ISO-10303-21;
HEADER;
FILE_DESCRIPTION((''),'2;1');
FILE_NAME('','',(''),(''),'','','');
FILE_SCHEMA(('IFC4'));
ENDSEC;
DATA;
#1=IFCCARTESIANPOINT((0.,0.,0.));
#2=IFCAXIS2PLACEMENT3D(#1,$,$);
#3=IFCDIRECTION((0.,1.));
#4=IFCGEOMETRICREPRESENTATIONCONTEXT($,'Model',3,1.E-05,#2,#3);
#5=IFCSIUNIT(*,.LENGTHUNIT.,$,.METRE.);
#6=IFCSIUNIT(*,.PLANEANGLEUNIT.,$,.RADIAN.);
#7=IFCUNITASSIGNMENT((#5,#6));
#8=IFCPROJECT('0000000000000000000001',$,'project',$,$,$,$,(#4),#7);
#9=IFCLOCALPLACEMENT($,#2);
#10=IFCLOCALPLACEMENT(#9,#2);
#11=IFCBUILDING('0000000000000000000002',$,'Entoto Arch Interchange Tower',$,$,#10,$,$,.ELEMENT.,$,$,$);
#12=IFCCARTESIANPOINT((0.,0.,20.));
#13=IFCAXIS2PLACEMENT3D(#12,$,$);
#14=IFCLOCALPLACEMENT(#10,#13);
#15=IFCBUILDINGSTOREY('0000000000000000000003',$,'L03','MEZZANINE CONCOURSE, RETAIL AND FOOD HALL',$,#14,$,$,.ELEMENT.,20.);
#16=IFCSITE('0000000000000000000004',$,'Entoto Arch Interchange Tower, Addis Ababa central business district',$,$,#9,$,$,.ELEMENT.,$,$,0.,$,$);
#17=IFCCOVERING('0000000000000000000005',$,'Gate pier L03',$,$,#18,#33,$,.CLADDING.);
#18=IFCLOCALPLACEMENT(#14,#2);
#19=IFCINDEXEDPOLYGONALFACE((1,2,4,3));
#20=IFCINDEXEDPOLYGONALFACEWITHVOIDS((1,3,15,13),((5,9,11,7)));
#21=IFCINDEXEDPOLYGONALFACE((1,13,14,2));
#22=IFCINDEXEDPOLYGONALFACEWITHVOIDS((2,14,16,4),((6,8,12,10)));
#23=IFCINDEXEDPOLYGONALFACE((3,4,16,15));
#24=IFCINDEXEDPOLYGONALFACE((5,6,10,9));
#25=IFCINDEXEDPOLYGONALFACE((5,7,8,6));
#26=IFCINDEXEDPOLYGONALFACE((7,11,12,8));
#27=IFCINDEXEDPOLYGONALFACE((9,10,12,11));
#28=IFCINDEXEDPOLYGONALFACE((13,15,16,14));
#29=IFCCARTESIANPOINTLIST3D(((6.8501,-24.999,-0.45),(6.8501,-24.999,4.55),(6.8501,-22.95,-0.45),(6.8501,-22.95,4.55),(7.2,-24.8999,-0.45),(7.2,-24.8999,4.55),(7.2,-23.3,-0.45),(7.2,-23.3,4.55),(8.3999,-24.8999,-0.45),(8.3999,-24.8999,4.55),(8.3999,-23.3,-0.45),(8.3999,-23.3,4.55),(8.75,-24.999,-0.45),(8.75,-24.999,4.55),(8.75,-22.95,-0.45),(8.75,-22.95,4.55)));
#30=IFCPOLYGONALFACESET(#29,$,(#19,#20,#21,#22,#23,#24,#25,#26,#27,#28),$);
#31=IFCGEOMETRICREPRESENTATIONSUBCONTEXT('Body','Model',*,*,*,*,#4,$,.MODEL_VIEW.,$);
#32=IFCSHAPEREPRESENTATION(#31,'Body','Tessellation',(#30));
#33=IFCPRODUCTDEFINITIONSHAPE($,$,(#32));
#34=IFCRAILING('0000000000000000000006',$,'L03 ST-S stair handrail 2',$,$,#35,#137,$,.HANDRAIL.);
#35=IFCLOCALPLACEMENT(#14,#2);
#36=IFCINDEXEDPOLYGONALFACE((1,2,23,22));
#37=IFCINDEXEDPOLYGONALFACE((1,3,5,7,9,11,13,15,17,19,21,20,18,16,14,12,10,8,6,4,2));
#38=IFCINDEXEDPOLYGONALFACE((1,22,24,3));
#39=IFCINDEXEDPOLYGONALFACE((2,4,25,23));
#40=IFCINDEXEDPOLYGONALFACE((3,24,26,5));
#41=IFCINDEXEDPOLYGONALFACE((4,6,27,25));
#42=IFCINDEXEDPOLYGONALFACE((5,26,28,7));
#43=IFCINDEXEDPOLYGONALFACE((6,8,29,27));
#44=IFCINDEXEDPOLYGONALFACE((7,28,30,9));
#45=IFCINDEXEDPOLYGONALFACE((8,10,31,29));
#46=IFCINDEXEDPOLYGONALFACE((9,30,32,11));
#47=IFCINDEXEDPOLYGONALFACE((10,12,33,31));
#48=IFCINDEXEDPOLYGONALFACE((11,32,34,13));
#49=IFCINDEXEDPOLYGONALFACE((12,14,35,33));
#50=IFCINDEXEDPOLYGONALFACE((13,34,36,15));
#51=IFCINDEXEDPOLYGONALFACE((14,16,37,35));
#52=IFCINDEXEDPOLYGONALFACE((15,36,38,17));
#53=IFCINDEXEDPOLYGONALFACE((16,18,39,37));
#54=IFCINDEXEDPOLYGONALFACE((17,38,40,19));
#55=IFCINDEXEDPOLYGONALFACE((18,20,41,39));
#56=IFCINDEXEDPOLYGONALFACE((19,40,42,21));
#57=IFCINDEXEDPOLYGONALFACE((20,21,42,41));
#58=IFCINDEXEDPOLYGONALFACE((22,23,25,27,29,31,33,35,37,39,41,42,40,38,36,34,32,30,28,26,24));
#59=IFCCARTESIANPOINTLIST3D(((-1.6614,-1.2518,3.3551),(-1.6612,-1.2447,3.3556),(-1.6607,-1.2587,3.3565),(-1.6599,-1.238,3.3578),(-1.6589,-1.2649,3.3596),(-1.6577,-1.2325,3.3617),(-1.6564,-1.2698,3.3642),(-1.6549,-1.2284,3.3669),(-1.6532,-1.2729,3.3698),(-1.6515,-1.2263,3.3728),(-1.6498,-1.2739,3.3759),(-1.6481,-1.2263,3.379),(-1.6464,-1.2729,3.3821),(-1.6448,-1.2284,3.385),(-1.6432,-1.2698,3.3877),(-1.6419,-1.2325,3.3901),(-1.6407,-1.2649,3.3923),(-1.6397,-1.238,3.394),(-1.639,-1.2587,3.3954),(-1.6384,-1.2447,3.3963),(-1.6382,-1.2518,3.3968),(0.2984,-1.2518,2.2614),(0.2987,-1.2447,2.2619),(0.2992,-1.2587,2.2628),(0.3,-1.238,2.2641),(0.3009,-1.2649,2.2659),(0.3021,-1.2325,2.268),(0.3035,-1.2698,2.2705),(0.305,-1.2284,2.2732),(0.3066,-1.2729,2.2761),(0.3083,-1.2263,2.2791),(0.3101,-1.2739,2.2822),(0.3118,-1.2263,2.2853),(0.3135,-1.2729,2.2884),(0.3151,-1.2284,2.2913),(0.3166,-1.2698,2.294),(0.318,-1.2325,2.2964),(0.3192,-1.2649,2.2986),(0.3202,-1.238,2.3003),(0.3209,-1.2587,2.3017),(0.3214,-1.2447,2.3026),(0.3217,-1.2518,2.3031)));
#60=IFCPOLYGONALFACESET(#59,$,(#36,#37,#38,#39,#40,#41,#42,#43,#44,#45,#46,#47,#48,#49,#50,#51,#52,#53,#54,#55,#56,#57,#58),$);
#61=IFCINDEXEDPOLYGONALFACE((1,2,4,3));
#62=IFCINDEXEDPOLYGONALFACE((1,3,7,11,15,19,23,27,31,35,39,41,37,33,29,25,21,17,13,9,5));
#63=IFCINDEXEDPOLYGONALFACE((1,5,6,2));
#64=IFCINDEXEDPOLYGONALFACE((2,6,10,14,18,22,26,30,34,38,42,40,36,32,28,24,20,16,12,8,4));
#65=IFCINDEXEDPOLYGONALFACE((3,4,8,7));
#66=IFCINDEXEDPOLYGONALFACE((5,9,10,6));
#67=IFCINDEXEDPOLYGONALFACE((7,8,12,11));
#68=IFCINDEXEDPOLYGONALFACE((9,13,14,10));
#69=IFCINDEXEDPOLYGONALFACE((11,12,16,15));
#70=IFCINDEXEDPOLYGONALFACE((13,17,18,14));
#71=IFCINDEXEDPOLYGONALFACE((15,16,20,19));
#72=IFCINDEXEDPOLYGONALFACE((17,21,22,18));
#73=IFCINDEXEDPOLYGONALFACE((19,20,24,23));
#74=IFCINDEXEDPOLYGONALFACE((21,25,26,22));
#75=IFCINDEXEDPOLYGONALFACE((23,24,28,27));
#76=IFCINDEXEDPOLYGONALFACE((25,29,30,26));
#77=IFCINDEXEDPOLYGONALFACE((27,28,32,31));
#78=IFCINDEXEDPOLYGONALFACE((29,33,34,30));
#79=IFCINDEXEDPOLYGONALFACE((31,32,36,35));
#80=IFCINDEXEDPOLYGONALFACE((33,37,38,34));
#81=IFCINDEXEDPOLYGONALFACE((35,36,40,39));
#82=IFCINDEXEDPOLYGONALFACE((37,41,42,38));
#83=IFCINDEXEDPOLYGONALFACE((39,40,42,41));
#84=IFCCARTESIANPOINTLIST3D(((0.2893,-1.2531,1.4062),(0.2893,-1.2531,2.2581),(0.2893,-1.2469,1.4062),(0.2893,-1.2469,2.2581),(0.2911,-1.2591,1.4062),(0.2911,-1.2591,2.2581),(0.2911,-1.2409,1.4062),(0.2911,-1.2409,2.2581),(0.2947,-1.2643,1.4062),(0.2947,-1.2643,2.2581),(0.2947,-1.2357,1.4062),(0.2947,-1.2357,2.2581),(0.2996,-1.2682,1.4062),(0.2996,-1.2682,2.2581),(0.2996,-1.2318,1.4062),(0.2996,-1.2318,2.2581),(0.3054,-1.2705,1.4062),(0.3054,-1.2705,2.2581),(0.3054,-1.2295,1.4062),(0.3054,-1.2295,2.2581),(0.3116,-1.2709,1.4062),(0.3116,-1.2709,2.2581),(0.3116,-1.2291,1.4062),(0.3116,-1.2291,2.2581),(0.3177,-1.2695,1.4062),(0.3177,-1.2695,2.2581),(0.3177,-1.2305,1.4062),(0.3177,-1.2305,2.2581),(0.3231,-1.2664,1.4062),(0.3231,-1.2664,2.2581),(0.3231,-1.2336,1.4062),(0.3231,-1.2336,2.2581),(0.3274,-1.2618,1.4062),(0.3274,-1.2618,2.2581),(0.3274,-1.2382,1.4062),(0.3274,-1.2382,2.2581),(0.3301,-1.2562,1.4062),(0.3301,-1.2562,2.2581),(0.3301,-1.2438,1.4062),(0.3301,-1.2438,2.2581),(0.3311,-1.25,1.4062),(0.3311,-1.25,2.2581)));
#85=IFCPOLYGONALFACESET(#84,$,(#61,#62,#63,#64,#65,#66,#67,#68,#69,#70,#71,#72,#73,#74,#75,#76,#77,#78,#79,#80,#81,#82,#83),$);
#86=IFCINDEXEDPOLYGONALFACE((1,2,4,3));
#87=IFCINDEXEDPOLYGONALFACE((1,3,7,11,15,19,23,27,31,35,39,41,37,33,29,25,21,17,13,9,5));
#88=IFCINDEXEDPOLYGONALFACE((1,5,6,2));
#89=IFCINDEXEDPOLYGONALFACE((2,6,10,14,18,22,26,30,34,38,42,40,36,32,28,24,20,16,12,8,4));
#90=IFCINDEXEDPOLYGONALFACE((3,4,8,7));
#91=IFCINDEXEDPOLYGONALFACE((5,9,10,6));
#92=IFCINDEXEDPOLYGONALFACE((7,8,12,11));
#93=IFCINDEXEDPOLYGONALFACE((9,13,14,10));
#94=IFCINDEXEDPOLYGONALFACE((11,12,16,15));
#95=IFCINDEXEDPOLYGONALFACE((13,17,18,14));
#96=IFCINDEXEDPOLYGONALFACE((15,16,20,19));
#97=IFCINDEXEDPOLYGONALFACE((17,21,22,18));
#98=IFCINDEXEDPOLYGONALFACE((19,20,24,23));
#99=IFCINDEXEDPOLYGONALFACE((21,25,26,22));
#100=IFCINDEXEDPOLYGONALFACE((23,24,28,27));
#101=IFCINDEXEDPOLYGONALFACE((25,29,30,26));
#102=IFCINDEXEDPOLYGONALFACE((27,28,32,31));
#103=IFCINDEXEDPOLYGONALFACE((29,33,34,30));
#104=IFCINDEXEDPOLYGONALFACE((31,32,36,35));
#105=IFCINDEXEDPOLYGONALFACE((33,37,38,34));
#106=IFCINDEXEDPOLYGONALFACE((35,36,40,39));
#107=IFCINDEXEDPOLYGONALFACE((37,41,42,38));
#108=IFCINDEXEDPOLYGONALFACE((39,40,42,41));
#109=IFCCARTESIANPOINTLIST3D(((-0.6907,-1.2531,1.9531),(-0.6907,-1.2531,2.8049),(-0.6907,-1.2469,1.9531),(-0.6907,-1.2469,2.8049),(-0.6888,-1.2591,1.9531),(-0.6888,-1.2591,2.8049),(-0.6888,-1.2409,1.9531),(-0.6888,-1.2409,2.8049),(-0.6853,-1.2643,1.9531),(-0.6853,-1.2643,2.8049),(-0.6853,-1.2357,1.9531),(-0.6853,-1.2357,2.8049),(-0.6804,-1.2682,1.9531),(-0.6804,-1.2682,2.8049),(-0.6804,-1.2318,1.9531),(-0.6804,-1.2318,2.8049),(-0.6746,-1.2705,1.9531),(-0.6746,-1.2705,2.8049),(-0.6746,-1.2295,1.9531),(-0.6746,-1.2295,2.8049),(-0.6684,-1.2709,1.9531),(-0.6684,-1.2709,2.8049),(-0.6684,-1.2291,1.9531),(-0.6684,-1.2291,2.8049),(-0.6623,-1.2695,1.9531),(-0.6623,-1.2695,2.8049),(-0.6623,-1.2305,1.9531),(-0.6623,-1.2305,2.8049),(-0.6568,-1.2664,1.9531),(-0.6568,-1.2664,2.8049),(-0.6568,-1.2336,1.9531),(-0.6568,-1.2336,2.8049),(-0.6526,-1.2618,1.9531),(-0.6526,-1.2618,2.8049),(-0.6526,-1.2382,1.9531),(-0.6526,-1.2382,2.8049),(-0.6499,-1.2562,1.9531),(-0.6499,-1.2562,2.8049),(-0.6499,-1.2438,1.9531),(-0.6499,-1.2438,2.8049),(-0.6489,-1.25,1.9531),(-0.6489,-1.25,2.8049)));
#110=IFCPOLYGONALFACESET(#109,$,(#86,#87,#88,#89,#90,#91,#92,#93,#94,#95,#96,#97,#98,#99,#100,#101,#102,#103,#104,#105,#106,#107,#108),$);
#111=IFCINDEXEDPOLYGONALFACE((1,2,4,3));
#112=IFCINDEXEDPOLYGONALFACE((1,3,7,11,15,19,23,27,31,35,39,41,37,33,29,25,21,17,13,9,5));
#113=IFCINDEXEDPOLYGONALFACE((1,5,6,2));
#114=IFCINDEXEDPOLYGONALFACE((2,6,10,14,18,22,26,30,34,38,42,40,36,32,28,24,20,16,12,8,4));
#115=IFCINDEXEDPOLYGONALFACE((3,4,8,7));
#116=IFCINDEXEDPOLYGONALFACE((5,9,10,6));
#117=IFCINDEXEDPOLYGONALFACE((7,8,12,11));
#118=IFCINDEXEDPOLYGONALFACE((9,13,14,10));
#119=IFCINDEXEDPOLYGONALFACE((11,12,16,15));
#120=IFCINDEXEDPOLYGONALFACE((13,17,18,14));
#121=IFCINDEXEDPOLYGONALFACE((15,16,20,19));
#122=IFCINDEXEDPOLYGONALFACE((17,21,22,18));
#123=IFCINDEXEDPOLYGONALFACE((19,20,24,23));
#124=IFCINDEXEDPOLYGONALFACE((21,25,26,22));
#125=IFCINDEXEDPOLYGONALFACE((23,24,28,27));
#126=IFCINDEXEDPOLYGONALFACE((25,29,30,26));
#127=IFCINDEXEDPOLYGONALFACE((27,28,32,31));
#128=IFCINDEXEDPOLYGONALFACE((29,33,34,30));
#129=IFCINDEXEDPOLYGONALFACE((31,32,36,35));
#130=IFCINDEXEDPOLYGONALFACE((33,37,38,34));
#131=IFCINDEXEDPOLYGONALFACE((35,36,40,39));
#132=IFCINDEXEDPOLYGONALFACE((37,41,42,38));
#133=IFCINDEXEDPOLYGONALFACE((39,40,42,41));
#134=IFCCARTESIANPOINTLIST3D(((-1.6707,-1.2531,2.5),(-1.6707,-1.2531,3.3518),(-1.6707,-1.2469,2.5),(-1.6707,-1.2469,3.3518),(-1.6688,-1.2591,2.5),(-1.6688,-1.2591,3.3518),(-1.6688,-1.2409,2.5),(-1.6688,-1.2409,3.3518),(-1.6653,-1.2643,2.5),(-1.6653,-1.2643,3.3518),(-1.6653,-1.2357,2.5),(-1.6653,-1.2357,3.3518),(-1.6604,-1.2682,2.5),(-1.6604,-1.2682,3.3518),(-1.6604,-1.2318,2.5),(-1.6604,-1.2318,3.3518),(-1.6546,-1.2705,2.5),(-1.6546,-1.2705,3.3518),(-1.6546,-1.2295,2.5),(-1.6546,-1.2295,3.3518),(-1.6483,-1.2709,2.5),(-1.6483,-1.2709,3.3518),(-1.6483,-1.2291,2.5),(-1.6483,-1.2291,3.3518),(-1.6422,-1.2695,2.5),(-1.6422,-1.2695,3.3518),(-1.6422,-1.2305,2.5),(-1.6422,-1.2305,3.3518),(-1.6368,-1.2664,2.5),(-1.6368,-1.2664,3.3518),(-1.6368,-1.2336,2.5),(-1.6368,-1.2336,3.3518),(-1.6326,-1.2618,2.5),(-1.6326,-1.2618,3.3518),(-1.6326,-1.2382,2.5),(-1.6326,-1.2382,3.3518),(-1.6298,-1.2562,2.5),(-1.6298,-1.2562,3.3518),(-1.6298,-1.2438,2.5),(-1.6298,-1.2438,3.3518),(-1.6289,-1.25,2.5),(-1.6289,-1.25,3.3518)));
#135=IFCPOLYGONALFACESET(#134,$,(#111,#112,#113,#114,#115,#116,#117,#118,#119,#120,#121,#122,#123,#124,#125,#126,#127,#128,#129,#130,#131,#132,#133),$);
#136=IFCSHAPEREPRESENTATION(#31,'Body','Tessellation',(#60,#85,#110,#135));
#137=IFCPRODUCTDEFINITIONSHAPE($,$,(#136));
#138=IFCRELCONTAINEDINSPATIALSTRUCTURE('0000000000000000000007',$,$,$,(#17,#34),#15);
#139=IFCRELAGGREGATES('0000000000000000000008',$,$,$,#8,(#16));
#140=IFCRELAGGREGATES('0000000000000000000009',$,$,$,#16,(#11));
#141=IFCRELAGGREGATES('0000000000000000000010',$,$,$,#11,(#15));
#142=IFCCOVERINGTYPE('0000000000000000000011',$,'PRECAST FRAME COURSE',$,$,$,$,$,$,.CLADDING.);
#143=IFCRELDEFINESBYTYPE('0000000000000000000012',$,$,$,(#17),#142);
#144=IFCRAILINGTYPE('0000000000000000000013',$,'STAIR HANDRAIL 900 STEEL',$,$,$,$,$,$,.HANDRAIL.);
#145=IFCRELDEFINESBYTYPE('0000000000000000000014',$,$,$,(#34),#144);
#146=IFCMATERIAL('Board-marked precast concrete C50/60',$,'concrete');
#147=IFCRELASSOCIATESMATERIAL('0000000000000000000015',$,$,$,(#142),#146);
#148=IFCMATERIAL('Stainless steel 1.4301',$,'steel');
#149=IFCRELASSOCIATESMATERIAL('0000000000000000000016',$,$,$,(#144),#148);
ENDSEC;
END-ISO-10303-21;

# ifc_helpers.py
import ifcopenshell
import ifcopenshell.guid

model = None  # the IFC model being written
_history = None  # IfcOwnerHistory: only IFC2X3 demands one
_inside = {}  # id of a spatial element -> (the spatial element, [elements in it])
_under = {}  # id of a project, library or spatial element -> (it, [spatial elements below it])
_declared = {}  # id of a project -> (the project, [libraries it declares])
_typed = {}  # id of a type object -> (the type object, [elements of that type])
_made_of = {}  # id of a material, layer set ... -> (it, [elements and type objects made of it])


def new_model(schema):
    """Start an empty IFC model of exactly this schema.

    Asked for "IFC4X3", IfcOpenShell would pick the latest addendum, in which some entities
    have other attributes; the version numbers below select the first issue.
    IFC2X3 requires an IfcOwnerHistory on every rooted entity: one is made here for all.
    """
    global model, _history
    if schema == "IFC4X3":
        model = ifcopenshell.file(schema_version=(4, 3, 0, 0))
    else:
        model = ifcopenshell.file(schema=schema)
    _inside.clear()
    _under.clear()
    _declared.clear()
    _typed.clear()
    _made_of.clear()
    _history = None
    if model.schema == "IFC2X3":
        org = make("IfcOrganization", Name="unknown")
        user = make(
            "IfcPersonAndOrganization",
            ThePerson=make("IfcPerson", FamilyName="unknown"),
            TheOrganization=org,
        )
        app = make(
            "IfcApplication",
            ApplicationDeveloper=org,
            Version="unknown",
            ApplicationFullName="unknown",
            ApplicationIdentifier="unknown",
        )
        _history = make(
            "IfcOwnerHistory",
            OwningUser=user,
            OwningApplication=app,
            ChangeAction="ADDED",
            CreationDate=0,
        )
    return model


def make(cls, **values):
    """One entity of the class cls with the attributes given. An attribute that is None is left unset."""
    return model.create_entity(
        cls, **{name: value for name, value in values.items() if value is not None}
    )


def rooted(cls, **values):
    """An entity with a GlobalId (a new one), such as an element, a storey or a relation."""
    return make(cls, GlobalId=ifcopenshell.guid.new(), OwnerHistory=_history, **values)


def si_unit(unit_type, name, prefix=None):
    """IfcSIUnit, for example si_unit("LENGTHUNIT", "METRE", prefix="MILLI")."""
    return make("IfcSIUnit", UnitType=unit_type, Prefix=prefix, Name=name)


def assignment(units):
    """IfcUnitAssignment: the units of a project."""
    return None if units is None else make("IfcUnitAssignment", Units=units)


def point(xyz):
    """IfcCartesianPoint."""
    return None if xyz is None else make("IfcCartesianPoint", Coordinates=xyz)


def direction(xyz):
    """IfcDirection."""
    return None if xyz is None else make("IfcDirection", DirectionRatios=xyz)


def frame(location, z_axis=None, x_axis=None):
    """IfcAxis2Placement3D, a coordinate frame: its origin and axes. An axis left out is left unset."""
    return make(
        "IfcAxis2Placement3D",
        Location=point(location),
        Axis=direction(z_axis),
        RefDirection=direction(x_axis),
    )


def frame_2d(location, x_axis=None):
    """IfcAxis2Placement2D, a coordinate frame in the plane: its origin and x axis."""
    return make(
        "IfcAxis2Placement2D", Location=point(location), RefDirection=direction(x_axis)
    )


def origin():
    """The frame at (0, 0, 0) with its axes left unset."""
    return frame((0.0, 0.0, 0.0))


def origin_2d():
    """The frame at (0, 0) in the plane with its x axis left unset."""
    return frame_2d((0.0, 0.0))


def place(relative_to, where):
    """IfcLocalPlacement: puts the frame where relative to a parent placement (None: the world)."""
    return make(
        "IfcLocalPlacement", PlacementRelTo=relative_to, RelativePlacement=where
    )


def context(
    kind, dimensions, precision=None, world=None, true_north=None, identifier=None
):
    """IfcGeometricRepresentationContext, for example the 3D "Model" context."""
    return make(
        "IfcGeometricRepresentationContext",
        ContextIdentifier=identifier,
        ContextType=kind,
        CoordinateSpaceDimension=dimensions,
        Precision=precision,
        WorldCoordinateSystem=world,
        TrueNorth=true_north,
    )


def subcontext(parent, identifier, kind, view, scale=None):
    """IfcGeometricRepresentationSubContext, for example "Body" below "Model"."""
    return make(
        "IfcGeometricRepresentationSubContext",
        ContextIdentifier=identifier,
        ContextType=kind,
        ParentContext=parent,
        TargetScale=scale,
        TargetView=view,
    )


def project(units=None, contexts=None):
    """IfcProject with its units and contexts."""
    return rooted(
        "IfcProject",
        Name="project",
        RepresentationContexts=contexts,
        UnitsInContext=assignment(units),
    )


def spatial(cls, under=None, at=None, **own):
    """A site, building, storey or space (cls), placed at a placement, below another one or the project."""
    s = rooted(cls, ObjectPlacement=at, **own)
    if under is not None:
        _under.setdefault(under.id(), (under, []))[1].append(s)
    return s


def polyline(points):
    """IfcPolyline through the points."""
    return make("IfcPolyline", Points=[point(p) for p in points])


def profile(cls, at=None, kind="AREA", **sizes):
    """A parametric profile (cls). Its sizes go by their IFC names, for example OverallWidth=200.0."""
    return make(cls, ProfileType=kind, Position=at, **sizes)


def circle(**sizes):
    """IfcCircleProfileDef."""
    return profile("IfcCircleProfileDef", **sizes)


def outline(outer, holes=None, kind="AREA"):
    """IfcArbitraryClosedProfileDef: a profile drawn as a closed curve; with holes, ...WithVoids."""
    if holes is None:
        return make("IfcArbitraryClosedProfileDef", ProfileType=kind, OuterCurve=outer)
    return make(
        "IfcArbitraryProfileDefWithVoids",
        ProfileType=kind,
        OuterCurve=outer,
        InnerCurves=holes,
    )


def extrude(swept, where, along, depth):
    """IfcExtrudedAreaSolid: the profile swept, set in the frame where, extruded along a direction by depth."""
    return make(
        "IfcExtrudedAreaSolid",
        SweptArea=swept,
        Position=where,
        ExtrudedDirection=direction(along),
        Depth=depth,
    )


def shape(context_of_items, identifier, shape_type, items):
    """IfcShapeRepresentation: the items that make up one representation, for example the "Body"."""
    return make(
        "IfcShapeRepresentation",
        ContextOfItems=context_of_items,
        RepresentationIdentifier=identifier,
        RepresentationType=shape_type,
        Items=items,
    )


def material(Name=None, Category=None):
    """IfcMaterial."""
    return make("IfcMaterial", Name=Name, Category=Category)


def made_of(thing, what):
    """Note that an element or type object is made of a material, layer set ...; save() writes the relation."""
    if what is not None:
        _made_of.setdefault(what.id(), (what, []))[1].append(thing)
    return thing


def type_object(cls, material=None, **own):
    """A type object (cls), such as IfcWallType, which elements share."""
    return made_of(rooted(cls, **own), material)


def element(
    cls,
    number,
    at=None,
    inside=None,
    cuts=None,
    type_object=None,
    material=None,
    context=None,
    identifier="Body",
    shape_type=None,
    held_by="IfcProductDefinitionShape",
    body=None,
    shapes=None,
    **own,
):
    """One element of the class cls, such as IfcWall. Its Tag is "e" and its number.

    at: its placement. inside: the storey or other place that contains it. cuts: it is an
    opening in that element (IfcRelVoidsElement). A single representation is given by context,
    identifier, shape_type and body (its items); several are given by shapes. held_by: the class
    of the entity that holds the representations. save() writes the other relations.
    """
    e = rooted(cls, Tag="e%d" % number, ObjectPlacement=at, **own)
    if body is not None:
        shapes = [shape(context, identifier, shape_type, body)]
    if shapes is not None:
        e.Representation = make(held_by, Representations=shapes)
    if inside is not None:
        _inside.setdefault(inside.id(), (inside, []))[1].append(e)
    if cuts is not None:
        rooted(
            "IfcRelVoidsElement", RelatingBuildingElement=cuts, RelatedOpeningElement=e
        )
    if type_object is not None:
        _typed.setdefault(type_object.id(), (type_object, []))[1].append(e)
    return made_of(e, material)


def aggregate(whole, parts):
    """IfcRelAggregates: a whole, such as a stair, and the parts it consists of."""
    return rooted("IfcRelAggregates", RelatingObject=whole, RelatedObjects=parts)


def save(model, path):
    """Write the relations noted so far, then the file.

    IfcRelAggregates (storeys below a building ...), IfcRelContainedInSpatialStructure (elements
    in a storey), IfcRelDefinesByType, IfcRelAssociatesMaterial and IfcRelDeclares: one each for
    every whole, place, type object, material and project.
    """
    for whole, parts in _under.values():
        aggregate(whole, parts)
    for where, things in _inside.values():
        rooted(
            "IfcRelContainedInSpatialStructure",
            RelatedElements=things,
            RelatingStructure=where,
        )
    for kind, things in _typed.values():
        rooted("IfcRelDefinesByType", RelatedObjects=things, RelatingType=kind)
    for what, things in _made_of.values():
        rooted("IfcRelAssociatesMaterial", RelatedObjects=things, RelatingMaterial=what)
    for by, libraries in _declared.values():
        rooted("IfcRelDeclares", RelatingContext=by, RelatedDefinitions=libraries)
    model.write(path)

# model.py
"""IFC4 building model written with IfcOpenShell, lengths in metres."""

from ifc_helpers import new_model, si_unit, direction, frame, origin, origin_2d, place, context, subcontext, project, spatial, polyline, circle, outline, extrude, material, type_object, element, save


model = new_model("IFC4")

# Units and contexts
model_context = context("Model", 3, precision=1e-05, world=origin(), true_north=direction((0.0, 1.0)))
body_context = subcontext(model_context, "Body", "Model", "MODEL_VIEW")
ifc_project = project(units=[si_unit("LENGTHUNIT", "METRE"), si_unit("PLANEANGLEUNIT", "RADIAN")], contexts=[model_context])

# Site, building, storey
site_placement = place(None, origin())
site = spatial("IfcSite", under=ifc_project, at=site_placement, Name="Entoto Arch Interchange Tower, Addis Ababa central business district", CompositionType="ELEMENT", RefElevation=0.0)
building_placement = place(site_placement, origin())
building = spatial("IfcBuilding", under=site, at=building_placement, Name="Entoto Arch Interchange Tower", CompositionType="ELEMENT")
storey_placement = place(building_placement, frame((0.0, 0.0, 20.0)))
storey = spatial("IfcBuildingStorey", under=building, at=storey_placement, Name="L03", Description="MEZZANINE CONCOURSE, RETAIL AND FOOD HALL", CompositionType="ELEMENT", Elevation=20.0)

# Covering
ifc_material_1 = material(Name="Board-marked precast concrete C50/60", Category="concrete")
covering_type = type_object("IfcCoveringType", Name="PRECAST FRAME COURSE", PredefinedType="CLADDING", material=ifc_material_1)
covering_1_placement = place(storey_placement, frame((0.0, 0.0, -0.45)))
element("IfcCovering", 1, at=covering_1_placement, inside=storey, type_object=covering_type, Name="Gate pier L03", PredefinedType="CLADDING", context=body_context, shape_type="SweptSolid", body=[
    extrude(outline(polyline([(6.8501, -22.95), (8.75, -22.95), (8.75, -24.999), (6.8501, -24.999), (6.8501, -22.95)]), holes=[polyline([(7.2, -23.3), (7.2, -24.8999), (8.3999, -24.8999), (8.3999, -23.3), (7.2, -23.3)])]), origin(), (0.0, 0.0, 1.0), 5.0),
])

# Railing
ifc_material_2 = material(Name="Stainless steel 1.4301", Category="steel")
railing_type = type_object("IfcRailingType", Name="STAIR HANDRAIL 900 STEEL", PredefinedType="HANDRAIL", material=ifc_material_2)
for number, where, name in (
    (2, (0.3101, -1.25, 1.4062), "L03 ST-S stair handrail 2"),
):
    element("IfcRailing", number, at=place(storey_placement, frame(where)), inside=storey, type_object=railing_type, Name=name, PredefinedType="HANDRAIL", context=body_context, shape_type="SweptSolid", body=[
        extrude(circle(Radius=0.0239, at=origin_2d()), frame((0.0, 0.0, 0.876), z_axis=(-0.873232, 0.0, 0.487304), x_axis=(0.0, -1.0, 0.0)), (0.0, 0.0, 1.0), 2.2444),
        extrude(circle(Radius=0.021, at=origin_2d()), origin(), (0.0, 0.0, 1.0), 0.8518),
        extrude(circle(Radius=0.021, at=origin_2d()), frame((-0.98, 0.0, 0.5469)), (0.0, 0.0, 1.0), 0.8518),
        extrude(circle(Radius=0.021, at=origin_2d()), frame((-1.96, 0.0, 1.0938)), (0.0, 0.0, 1.0), 0.8518),
    ])

save(model, "model.ifc")
